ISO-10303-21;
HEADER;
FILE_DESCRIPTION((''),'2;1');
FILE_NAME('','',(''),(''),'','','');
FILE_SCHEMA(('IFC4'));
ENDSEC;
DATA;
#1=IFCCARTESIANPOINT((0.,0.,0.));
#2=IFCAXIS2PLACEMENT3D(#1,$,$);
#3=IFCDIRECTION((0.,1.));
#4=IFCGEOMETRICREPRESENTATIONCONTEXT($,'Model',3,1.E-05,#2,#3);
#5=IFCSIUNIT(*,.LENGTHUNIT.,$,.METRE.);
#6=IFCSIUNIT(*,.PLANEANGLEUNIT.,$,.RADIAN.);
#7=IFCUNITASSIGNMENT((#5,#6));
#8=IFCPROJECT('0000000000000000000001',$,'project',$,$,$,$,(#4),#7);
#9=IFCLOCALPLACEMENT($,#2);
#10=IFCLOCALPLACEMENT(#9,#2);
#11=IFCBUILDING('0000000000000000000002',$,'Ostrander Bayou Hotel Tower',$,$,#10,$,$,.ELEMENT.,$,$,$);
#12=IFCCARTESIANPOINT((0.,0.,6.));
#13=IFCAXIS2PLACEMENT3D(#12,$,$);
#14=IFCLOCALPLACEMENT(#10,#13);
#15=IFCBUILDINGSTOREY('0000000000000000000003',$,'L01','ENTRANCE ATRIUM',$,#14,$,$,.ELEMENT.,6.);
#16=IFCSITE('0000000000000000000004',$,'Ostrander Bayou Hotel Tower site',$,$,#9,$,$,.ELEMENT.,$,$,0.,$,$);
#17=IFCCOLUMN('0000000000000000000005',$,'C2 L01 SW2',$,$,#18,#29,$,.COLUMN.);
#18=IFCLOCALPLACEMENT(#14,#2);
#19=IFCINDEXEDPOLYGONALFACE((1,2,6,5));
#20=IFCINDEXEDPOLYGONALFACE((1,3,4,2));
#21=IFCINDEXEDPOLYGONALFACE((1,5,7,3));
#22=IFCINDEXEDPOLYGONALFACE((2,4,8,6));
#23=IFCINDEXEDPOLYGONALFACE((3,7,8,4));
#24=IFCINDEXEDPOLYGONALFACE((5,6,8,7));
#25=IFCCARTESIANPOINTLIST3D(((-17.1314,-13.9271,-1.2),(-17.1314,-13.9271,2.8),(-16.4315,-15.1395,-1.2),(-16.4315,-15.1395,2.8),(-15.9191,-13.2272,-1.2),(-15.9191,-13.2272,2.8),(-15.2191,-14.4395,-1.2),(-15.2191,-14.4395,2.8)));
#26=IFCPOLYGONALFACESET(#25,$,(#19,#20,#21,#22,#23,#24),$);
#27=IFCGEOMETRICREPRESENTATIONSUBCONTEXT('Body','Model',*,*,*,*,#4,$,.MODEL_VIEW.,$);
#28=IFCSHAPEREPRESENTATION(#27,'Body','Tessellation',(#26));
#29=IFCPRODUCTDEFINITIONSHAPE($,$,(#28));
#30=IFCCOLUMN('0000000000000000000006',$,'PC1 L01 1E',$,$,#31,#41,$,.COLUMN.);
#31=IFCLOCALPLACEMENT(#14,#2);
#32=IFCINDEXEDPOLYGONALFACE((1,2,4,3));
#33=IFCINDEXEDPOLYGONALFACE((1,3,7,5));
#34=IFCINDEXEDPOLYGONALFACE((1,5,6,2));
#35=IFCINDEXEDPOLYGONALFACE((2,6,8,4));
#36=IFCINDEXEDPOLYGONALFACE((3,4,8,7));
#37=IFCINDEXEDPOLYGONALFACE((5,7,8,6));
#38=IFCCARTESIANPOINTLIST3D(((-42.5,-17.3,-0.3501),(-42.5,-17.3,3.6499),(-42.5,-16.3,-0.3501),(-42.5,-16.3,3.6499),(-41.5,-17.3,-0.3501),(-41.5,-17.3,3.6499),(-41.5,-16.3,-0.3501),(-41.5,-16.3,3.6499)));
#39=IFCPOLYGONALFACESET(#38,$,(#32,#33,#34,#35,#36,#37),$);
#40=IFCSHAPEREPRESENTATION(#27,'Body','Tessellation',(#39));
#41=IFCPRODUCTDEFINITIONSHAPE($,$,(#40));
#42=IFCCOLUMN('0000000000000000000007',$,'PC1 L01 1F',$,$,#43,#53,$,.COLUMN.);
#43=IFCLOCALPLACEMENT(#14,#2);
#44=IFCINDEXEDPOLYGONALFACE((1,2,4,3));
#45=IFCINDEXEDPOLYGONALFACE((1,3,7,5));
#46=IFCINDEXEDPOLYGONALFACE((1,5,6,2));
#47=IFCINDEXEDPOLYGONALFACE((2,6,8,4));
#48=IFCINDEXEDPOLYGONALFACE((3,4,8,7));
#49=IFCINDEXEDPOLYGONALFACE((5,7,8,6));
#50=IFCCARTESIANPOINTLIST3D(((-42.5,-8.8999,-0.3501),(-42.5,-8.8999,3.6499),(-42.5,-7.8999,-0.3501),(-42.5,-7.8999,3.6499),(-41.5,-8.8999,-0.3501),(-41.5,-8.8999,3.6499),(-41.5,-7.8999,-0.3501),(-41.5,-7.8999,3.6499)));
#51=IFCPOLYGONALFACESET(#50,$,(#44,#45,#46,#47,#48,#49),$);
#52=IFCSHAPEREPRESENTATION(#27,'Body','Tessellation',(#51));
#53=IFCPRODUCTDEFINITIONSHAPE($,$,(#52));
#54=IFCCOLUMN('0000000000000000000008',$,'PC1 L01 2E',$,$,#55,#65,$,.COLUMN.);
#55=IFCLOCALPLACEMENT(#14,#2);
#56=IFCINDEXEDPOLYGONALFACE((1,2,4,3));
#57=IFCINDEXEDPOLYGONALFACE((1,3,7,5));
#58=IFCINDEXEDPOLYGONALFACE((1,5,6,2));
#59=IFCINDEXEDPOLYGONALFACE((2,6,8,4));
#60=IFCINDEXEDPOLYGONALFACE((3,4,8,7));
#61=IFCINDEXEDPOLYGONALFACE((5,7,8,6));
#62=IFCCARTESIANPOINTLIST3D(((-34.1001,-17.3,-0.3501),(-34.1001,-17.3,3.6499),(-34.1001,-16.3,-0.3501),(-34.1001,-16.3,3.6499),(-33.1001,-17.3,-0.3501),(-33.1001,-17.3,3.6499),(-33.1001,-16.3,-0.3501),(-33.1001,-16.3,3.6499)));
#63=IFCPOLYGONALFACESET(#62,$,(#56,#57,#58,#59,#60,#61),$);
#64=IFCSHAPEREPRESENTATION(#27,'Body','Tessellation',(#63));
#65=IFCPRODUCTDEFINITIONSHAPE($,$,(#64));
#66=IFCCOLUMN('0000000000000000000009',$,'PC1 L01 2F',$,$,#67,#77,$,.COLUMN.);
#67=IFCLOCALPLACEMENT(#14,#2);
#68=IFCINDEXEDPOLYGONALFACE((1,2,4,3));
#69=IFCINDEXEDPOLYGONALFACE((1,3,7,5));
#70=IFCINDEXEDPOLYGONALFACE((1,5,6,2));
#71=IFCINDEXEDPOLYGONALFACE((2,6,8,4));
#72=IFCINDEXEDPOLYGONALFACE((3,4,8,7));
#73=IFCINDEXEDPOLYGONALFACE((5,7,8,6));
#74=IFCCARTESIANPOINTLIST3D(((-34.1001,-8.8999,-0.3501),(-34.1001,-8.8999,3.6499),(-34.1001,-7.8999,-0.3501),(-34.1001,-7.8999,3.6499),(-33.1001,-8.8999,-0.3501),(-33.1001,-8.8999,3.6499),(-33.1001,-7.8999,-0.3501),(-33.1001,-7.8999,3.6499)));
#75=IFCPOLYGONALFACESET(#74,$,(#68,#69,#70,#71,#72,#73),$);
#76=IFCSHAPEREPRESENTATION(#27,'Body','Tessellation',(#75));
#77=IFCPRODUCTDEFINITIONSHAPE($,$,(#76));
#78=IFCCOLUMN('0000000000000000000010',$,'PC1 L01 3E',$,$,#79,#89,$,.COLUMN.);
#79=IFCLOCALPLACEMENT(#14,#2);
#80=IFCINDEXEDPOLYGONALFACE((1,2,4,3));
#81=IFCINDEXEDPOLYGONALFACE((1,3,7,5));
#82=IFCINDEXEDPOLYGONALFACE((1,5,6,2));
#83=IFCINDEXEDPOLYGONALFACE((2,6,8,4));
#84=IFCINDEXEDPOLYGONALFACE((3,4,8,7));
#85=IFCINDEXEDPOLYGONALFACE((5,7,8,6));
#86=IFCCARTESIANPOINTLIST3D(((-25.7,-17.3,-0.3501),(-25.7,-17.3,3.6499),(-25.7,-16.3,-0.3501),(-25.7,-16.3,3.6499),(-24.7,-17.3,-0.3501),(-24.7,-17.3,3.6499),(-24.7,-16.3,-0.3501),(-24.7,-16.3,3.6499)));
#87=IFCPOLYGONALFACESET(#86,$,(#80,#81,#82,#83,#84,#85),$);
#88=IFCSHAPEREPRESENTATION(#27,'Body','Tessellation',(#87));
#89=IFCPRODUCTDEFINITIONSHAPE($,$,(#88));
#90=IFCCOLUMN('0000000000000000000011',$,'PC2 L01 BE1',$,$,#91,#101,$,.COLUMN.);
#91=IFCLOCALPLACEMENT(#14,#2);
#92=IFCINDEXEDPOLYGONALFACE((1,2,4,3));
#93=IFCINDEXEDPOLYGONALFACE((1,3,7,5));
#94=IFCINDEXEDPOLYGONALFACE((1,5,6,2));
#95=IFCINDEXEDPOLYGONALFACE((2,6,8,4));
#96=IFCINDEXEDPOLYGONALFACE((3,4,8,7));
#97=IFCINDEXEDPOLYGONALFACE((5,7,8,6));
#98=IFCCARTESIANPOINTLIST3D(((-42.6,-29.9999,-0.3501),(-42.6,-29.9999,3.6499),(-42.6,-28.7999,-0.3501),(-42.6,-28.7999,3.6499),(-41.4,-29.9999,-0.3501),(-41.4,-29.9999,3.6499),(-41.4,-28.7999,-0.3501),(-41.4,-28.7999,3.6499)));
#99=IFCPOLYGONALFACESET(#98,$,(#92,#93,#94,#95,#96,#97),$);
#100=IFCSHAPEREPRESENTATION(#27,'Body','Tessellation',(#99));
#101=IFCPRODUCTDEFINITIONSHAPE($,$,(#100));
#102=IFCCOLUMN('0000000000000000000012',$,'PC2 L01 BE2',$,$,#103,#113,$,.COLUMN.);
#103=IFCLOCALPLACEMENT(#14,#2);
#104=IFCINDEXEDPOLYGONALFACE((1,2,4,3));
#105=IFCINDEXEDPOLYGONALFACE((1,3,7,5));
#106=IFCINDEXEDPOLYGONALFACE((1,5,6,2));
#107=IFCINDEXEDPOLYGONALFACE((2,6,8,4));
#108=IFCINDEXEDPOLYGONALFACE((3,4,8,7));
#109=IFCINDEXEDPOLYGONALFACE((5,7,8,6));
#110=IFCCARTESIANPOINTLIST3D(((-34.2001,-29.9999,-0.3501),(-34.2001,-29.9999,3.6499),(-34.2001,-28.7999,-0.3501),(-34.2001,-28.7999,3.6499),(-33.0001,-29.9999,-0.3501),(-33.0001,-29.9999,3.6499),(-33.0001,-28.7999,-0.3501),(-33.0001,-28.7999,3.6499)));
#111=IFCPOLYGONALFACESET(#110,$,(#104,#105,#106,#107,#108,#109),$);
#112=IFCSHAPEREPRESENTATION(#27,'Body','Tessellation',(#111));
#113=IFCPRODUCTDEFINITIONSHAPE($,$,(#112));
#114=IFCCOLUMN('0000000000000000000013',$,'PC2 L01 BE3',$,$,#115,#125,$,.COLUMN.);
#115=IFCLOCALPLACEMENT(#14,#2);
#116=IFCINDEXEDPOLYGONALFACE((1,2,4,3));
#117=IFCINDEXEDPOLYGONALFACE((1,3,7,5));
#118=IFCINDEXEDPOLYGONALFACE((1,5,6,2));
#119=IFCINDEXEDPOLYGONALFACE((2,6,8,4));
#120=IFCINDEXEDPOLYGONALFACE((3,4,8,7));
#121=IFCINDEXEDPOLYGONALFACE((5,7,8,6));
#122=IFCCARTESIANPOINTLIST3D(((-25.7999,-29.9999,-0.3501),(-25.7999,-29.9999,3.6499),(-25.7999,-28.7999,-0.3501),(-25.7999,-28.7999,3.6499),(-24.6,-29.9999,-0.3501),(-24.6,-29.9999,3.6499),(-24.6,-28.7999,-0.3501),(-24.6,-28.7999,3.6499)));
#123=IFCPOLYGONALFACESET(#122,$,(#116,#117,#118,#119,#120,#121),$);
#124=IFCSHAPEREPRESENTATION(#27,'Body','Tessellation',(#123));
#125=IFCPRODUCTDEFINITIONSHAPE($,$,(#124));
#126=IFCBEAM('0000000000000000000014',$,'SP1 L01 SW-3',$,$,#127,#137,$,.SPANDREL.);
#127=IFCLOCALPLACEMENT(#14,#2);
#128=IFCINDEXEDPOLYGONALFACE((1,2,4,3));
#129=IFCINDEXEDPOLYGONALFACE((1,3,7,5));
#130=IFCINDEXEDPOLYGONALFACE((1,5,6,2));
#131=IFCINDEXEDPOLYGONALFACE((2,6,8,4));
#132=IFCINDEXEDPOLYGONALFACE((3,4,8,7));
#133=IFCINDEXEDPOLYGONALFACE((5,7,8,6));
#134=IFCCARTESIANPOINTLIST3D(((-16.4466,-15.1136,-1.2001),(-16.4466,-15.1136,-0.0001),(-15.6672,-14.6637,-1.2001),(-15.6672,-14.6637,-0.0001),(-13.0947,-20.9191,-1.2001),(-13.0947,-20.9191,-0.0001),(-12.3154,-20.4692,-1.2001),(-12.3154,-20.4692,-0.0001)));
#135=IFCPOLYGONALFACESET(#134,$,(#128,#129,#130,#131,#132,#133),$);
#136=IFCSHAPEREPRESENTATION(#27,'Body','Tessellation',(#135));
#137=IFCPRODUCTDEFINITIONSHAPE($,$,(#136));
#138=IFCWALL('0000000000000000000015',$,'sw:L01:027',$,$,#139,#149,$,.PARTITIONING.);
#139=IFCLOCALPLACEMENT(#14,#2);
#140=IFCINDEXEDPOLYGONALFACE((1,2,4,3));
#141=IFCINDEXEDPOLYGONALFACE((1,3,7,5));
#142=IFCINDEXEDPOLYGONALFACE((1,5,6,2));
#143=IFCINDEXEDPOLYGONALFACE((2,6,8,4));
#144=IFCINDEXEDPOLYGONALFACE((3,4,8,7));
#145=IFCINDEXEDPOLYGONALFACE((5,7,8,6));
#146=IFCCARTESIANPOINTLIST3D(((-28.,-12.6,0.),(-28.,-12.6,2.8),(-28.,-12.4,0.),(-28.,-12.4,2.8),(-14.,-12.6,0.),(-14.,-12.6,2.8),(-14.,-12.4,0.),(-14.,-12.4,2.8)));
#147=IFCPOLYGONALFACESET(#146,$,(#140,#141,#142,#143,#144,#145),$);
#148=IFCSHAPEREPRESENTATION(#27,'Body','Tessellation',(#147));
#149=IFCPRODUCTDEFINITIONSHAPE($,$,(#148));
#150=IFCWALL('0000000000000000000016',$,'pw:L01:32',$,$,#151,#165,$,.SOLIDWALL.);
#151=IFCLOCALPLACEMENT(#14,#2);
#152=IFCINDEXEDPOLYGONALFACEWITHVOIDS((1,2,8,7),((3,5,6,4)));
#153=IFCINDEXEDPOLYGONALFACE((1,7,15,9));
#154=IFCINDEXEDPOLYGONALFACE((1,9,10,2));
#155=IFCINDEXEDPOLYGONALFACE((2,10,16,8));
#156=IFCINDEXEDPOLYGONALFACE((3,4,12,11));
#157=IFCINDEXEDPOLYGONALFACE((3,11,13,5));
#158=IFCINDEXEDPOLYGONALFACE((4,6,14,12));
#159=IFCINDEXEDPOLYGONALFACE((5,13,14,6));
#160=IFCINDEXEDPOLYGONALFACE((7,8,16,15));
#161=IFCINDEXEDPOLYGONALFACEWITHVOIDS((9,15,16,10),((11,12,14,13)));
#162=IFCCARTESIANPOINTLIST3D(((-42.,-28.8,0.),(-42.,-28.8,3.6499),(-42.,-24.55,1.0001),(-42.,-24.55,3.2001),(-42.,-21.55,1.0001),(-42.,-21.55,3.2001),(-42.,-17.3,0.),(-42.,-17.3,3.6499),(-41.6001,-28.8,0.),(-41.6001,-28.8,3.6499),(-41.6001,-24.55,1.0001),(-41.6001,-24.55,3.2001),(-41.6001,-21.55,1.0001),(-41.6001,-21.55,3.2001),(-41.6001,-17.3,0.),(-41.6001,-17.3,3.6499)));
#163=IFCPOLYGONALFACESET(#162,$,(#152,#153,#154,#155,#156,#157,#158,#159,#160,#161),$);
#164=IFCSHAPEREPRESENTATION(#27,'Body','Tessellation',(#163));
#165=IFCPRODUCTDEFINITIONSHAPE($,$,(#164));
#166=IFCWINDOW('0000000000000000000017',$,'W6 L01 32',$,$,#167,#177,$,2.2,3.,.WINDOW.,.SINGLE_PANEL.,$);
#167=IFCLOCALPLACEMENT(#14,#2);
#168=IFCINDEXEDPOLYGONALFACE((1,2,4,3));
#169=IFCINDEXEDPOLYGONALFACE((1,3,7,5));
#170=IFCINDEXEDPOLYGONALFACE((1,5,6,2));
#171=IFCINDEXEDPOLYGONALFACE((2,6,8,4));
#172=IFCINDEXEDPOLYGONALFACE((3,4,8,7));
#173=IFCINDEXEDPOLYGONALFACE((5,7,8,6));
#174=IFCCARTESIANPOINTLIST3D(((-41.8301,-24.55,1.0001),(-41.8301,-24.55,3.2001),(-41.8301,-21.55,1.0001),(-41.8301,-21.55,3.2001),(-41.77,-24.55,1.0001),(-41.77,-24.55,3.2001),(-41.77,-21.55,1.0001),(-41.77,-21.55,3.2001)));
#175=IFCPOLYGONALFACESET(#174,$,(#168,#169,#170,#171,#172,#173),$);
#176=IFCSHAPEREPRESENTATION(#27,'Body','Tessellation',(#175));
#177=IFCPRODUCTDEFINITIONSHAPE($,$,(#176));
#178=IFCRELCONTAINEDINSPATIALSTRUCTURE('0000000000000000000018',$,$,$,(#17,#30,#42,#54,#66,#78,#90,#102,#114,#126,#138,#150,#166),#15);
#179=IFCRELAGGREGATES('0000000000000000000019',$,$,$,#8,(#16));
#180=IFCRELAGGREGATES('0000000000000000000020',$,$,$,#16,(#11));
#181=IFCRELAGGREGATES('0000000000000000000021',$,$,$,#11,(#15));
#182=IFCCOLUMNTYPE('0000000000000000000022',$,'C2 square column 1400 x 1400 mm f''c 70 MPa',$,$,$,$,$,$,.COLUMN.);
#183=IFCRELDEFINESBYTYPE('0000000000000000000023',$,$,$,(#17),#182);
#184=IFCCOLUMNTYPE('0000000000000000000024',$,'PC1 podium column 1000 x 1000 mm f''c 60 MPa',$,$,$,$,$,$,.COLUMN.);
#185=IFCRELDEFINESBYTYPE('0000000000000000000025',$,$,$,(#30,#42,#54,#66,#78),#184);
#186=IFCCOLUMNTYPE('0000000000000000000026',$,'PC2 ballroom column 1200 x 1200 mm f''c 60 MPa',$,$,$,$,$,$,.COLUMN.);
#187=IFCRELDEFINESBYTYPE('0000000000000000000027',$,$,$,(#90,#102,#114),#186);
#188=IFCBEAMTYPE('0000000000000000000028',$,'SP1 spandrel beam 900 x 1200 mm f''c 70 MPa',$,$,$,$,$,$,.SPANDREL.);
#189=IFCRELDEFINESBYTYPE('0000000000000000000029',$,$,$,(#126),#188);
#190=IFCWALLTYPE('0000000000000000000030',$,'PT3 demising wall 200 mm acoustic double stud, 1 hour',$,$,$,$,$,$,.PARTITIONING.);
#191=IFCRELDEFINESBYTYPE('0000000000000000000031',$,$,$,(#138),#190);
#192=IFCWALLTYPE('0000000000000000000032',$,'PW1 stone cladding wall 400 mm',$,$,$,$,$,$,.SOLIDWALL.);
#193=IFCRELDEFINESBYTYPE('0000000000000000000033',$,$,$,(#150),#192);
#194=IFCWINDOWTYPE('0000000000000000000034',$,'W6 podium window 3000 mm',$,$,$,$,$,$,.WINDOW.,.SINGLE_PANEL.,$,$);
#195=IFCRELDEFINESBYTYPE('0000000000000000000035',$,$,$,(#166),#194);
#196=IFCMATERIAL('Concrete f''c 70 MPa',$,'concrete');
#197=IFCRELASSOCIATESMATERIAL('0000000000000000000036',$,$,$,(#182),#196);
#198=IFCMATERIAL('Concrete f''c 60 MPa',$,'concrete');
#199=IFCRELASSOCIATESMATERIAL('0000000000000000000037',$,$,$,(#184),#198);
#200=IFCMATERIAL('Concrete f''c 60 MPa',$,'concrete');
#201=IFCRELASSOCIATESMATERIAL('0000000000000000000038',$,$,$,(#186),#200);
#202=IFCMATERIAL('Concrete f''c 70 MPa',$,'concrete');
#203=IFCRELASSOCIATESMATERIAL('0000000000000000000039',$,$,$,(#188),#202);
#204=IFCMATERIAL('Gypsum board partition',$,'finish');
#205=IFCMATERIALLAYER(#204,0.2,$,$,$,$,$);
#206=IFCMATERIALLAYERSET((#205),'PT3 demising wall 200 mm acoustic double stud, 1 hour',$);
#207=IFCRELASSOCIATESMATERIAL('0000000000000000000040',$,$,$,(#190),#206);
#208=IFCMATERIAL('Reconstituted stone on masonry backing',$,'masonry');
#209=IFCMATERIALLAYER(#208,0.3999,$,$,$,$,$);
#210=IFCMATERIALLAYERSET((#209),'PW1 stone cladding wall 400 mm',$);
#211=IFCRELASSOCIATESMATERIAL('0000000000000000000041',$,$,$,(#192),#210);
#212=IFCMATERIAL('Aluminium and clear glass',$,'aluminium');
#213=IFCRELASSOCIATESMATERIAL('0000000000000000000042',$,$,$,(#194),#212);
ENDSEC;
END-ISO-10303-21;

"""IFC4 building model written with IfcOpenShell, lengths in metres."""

from ifc_helpers import new_model, si_unit, direction, frame, frame_2d, origin, origin_2d, place, context, subcontext, project, spatial, rectangle, extrude, material, layer, layer_set, material_profile, profile_set, type_object, element, fill, save


model = new_model("IFC4")

# Units and contexts
model_context = context("Model", 3, precision=1e-05, world=origin(), true_north=direction((0.0, 1.0)))
body_context = subcontext(model_context, "Body", "Model", "MODEL_VIEW")
ifc_project = project(units=[si_unit("LENGTHUNIT", "METRE"), si_unit("PLANEANGLEUNIT", "RADIAN")], contexts=[model_context])

# Site, building, storey
site_placement = place(None, origin())
site = spatial("IfcSite", under=ifc_project, at=site_placement, Name="Ostrander Bayou Hotel Tower site", CompositionType="ELEMENT", RefElevation=0.0)
building_placement = place(site_placement, origin())
building = spatial("IfcBuilding", under=site, at=building_placement, Name="Ostrander Bayou Hotel Tower", CompositionType="ELEMENT")
storey_placement = place(building_placement, frame((0.0, 0.0, 6.0)))
storey = spatial("IfcBuildingStorey", under=building, at=storey_placement, Name="L01", Description="ENTRANCE ATRIUM", CompositionType="ELEMENT", Elevation=6.0)

# Columns
ifc_material_1 = material(Name="Concrete f'c 70 MPa", Category="concrete")
ifc_material_profile_1 = material_profile(ifc_material_1, rectangle(XDim=1.3999, YDim=1.3999, at=origin_2d()))
ifc_profile_set_1 = profile_set([ifc_material_profile_1], Name="Concrete f'c 70 MPa")
column_type_1 = type_object("IfcColumnType", Name="C2 square column 1400 x 1400 mm f'c 70 MPa", PredefinedType="COLUMN", material=ifc_profile_set_1)
column_placement = place(storey_placement, frame((-16.1753, -14.1833, -1.2), z_axis=(0.0, 0.0, 1.0), x_axis=(-0.5, 0.866025, 0.0)))
element("IfcColumn", 1, at=column_placement, inside=storey, type_object=column_type_1, Name="C2 L01 SW2", PredefinedType="COLUMN", context=body_context, shape_type="SweptSolid", body=[
    extrude(rectangle(XDim=1.3999, YDim=1.3999, at=origin_2d()), origin(), (0.0, 0.0, 1.0), 4.0),
])
ifc_material_2 = material(Name="Concrete f'c 60 MPa", Category="concrete")
ifc_material_profile_2 = material_profile(ifc_material_2, rectangle(XDim=1.0, YDim=1.0, at=origin_2d()))
ifc_profile_set_2 = profile_set([ifc_material_profile_2], Name="Concrete f'c 60 MPa")
column_type_2 = type_object("IfcColumnType", Name="PC1 podium column 1000 x 1000 mm f'c 60 MPa", PredefinedType="COLUMN", material=ifc_profile_set_2)
for number, where, z_axis, x_axis, name in (
    (2, (-42.0, -16.8, -0.3501), (0.0, 0.0, 1.0), (1.0, 0.0, 0.0), "PC1 L01 1E"),
    (3, (-42.0, -8.3999, -0.3501), (0.0, 0.0, 1.0), (1.0, 0.0, 0.0), "PC1 L01 1F"),
    (4, (-33.6001, -16.8, -0.3501), (0.0, 0.0, 1.0), (1.0, 0.0, 0.0), "PC1 L01 2E"),
    (5, (-33.6001, -8.3999, -0.3501), (0.0, 0.0, 1.0), (1.0, 0.0, 0.0), "PC1 L01 2F"),
    (6, (-25.2, -16.8, -0.3501), (0.0, 0.0, 1.0), (1.0, 0.0, 0.0), "PC1 L01 3E"),
):
    element("IfcColumn", number, at=place(storey_placement, frame(where, z_axis=z_axis, x_axis=x_axis)), inside=storey, type_object=column_type_2, Name=name, PredefinedType="COLUMN", context=body_context, shape_type="SweptSolid", body=[
        extrude(rectangle(XDim=1.0, YDim=1.0, at=origin_2d()), origin(), (0.0, 0.0, 1.0), 4.0),
    ])
ifc_material_3 = material(Name="Concrete f'c 60 MPa", Category="concrete")
ifc_material_profile_3 = material_profile(ifc_material_3, rectangle(XDim=1.2, YDim=1.2, at=origin_2d()))
ifc_profile_set_3 = profile_set([ifc_material_profile_3], Name="Concrete f'c 60 MPa")
column_type_3 = type_object("IfcColumnType", Name="PC2 ballroom column 1200 x 1200 mm f'c 60 MPa", PredefinedType="COLUMN", material=ifc_profile_set_3)
for number, where, z_axis, x_axis, name in (
    (7, (-42.0, -29.3999, -0.3501), (0.0, 0.0, 1.0), (1.0, 0.0, 0.0), "PC2 L01 BE1"),
    (8, (-33.6001, -29.3999, -0.3501), (0.0, 0.0, 1.0), (1.0, 0.0, 0.0), "PC2 L01 BE2"),
    (9, (-25.2, -29.3999, -0.3501), (0.0, 0.0, 1.0), (1.0, 0.0, 0.0), "PC2 L01 BE3"),
):
    element("IfcColumn", number, at=place(storey_placement, frame(where, z_axis=z_axis, x_axis=x_axis)), inside=storey, type_object=column_type_3, Name=name, PredefinedType="COLUMN", context=body_context, shape_type="SweptSolid", body=[
        extrude(rectangle(XDim=1.2, YDim=1.2, at=origin_2d()), origin(), (0.0, 0.0, 1.0), 4.0),
    ])

# Beam
ifc_material_4 = material(Name="Concrete f'c 70 MPa", Category="concrete")
ifc_material_profile_4 = material_profile(ifc_material_4, rectangle(XDim=0.8999, YDim=1.2, at=origin_2d()))
ifc_profile_set_4 = profile_set([ifc_material_profile_4], Name="Concrete f'c 70 MPa")
beam_type = type_object("IfcBeamType", Name="SP1 spandrel beam 900 x 1200 mm f'c 70 MPa", PredefinedType="SPANDREL", material=ifc_profile_set_4)
beam_placement = place(storey_placement, frame((-16.0569, -14.8887, -0.6001), z_axis=(0.500005, -0.866022, 0.0), x_axis=(0.866022, 0.500005, 0.0)))
element("IfcBeam", 10, at=beam_placement, inside=storey, type_object=beam_type, Name="SP1 L01 SW-3", PredefinedType="SPANDREL", context=body_context, shape_type="SweptSolid", body=[
    extrude(rectangle(XDim=0.8999, YDim=1.2, at=origin_2d()), origin(), (0.0, 0.0, 1.0), 6.7036),
])

# Wall
ifc_material_5 = material(Name="Gypsum board partition", Category="finish")
ifc_layer_1 = layer(ifc_material_5, 0.2)
ifc_layer_set_1 = layer_set([ifc_layer_1], Name="PT3 demising wall 200 mm acoustic double stud, 1 hour")
wall_type_1 = type_object("IfcWallType", Name="PT3 demising wall 200 mm acoustic double stud, 1 hour", PredefinedType="PARTITIONING", material=ifc_layer_set_1)
wall_1_placement = place(storey_placement, frame((-28.0, -12.5, 0.0), z_axis=(0.0, 0.0, 1.0), x_axis=(1.0, 0.0, 0.0)))
element("IfcWall", 11, at=wall_1_placement, inside=storey, type_object=wall_type_1, Name="sw:L01:027", PredefinedType="PARTITIONING", context=body_context, shape_type="SweptSolid", body=[
    extrude(rectangle(XDim=14.0, YDim=0.2, at=frame_2d((7.0, 0.0))), origin(), (0.0, 0.0, 1.0), 2.8),
])

# Wall, opening, window
ifc_material_6 = material(Name="Reconstituted stone on masonry backing", Category="masonry")
ifc_layer_2 = layer(ifc_material_6, 0.3999)
ifc_layer_set_2 = layer_set([ifc_layer_2], Name="PW1 stone cladding wall 400 mm")
wall_type_2 = type_object("IfcWallType", Name="PW1 stone cladding wall 400 mm", PredefinedType="SOLIDWALL", material=ifc_layer_set_2)
wall_2_placement = place(storey_placement, frame((-41.8, -28.8, 0.0), z_axis=(0.0, 0.0, 1.0), x_axis=(0.0, 1.0, 0.0)))
wall_2 = element("IfcWall", 12, at=wall_2_placement, inside=storey, type_object=wall_type_2, Name="pw:L01:32", PredefinedType="SOLIDWALL", context=body_context, shape_type="SweptSolid", body=[
    extrude(rectangle(XDim=11.5, YDim=0.3999, at=frame_2d((5.75, 0.0))), origin(), (0.0, 0.0, 1.0), 3.6499),
])
opening_1_placement = place(wall_2_placement, frame((4.25, 0.0, 1.0)))
opening_1 = element("IfcOpeningElement", 13, at=opening_1_placement, cuts=wall_2, PredefinedType="OPENING", context=body_context, shape_type="SweptSolid", body=[
    extrude(rectangle(XDim=3.0, YDim=2.2, at=frame_2d((1.5, 1.1001))), frame((0.0, 0.2, 0.0), z_axis=(0.0, -1.0, 0.0), x_axis=(1.0, 0.0, 0.0)), (0.0, 0.0, 1.0), 0.3999),
])
ifc_material_7 = material(Name="Aluminium and clear glass", Category="aluminium")
window_type = type_object("IfcWindowType", Name="W6 podium window 3000 mm", PartitioningType="SINGLE_PANEL", PredefinedType="WINDOW", material=ifc_material_7)
window_1_placement = place(opening_1_placement, origin())
window_1 = element("IfcWindow", 14, at=window_1_placement, inside=storey, type_object=window_type, Name="W6 L01 32", OverallHeight=2.2, OverallWidth=3.0, PartitioningType="SINGLE_PANEL", PredefinedType="WINDOW", context=body_context, shape_type="SweptSolid", body=[
    extrude(rectangle(XDim=3.0, YDim=2.2, at=frame_2d((1.5, 1.1001))), frame((0.0, 0.03, 0.0), z_axis=(0.0, -1.0, 0.0), x_axis=(1.0, 0.0, 0.0)), (0.0, 0.0, 1.0), 0.0601),
])
fill(opening_1, window_1)

save(model, "model.ifc")
